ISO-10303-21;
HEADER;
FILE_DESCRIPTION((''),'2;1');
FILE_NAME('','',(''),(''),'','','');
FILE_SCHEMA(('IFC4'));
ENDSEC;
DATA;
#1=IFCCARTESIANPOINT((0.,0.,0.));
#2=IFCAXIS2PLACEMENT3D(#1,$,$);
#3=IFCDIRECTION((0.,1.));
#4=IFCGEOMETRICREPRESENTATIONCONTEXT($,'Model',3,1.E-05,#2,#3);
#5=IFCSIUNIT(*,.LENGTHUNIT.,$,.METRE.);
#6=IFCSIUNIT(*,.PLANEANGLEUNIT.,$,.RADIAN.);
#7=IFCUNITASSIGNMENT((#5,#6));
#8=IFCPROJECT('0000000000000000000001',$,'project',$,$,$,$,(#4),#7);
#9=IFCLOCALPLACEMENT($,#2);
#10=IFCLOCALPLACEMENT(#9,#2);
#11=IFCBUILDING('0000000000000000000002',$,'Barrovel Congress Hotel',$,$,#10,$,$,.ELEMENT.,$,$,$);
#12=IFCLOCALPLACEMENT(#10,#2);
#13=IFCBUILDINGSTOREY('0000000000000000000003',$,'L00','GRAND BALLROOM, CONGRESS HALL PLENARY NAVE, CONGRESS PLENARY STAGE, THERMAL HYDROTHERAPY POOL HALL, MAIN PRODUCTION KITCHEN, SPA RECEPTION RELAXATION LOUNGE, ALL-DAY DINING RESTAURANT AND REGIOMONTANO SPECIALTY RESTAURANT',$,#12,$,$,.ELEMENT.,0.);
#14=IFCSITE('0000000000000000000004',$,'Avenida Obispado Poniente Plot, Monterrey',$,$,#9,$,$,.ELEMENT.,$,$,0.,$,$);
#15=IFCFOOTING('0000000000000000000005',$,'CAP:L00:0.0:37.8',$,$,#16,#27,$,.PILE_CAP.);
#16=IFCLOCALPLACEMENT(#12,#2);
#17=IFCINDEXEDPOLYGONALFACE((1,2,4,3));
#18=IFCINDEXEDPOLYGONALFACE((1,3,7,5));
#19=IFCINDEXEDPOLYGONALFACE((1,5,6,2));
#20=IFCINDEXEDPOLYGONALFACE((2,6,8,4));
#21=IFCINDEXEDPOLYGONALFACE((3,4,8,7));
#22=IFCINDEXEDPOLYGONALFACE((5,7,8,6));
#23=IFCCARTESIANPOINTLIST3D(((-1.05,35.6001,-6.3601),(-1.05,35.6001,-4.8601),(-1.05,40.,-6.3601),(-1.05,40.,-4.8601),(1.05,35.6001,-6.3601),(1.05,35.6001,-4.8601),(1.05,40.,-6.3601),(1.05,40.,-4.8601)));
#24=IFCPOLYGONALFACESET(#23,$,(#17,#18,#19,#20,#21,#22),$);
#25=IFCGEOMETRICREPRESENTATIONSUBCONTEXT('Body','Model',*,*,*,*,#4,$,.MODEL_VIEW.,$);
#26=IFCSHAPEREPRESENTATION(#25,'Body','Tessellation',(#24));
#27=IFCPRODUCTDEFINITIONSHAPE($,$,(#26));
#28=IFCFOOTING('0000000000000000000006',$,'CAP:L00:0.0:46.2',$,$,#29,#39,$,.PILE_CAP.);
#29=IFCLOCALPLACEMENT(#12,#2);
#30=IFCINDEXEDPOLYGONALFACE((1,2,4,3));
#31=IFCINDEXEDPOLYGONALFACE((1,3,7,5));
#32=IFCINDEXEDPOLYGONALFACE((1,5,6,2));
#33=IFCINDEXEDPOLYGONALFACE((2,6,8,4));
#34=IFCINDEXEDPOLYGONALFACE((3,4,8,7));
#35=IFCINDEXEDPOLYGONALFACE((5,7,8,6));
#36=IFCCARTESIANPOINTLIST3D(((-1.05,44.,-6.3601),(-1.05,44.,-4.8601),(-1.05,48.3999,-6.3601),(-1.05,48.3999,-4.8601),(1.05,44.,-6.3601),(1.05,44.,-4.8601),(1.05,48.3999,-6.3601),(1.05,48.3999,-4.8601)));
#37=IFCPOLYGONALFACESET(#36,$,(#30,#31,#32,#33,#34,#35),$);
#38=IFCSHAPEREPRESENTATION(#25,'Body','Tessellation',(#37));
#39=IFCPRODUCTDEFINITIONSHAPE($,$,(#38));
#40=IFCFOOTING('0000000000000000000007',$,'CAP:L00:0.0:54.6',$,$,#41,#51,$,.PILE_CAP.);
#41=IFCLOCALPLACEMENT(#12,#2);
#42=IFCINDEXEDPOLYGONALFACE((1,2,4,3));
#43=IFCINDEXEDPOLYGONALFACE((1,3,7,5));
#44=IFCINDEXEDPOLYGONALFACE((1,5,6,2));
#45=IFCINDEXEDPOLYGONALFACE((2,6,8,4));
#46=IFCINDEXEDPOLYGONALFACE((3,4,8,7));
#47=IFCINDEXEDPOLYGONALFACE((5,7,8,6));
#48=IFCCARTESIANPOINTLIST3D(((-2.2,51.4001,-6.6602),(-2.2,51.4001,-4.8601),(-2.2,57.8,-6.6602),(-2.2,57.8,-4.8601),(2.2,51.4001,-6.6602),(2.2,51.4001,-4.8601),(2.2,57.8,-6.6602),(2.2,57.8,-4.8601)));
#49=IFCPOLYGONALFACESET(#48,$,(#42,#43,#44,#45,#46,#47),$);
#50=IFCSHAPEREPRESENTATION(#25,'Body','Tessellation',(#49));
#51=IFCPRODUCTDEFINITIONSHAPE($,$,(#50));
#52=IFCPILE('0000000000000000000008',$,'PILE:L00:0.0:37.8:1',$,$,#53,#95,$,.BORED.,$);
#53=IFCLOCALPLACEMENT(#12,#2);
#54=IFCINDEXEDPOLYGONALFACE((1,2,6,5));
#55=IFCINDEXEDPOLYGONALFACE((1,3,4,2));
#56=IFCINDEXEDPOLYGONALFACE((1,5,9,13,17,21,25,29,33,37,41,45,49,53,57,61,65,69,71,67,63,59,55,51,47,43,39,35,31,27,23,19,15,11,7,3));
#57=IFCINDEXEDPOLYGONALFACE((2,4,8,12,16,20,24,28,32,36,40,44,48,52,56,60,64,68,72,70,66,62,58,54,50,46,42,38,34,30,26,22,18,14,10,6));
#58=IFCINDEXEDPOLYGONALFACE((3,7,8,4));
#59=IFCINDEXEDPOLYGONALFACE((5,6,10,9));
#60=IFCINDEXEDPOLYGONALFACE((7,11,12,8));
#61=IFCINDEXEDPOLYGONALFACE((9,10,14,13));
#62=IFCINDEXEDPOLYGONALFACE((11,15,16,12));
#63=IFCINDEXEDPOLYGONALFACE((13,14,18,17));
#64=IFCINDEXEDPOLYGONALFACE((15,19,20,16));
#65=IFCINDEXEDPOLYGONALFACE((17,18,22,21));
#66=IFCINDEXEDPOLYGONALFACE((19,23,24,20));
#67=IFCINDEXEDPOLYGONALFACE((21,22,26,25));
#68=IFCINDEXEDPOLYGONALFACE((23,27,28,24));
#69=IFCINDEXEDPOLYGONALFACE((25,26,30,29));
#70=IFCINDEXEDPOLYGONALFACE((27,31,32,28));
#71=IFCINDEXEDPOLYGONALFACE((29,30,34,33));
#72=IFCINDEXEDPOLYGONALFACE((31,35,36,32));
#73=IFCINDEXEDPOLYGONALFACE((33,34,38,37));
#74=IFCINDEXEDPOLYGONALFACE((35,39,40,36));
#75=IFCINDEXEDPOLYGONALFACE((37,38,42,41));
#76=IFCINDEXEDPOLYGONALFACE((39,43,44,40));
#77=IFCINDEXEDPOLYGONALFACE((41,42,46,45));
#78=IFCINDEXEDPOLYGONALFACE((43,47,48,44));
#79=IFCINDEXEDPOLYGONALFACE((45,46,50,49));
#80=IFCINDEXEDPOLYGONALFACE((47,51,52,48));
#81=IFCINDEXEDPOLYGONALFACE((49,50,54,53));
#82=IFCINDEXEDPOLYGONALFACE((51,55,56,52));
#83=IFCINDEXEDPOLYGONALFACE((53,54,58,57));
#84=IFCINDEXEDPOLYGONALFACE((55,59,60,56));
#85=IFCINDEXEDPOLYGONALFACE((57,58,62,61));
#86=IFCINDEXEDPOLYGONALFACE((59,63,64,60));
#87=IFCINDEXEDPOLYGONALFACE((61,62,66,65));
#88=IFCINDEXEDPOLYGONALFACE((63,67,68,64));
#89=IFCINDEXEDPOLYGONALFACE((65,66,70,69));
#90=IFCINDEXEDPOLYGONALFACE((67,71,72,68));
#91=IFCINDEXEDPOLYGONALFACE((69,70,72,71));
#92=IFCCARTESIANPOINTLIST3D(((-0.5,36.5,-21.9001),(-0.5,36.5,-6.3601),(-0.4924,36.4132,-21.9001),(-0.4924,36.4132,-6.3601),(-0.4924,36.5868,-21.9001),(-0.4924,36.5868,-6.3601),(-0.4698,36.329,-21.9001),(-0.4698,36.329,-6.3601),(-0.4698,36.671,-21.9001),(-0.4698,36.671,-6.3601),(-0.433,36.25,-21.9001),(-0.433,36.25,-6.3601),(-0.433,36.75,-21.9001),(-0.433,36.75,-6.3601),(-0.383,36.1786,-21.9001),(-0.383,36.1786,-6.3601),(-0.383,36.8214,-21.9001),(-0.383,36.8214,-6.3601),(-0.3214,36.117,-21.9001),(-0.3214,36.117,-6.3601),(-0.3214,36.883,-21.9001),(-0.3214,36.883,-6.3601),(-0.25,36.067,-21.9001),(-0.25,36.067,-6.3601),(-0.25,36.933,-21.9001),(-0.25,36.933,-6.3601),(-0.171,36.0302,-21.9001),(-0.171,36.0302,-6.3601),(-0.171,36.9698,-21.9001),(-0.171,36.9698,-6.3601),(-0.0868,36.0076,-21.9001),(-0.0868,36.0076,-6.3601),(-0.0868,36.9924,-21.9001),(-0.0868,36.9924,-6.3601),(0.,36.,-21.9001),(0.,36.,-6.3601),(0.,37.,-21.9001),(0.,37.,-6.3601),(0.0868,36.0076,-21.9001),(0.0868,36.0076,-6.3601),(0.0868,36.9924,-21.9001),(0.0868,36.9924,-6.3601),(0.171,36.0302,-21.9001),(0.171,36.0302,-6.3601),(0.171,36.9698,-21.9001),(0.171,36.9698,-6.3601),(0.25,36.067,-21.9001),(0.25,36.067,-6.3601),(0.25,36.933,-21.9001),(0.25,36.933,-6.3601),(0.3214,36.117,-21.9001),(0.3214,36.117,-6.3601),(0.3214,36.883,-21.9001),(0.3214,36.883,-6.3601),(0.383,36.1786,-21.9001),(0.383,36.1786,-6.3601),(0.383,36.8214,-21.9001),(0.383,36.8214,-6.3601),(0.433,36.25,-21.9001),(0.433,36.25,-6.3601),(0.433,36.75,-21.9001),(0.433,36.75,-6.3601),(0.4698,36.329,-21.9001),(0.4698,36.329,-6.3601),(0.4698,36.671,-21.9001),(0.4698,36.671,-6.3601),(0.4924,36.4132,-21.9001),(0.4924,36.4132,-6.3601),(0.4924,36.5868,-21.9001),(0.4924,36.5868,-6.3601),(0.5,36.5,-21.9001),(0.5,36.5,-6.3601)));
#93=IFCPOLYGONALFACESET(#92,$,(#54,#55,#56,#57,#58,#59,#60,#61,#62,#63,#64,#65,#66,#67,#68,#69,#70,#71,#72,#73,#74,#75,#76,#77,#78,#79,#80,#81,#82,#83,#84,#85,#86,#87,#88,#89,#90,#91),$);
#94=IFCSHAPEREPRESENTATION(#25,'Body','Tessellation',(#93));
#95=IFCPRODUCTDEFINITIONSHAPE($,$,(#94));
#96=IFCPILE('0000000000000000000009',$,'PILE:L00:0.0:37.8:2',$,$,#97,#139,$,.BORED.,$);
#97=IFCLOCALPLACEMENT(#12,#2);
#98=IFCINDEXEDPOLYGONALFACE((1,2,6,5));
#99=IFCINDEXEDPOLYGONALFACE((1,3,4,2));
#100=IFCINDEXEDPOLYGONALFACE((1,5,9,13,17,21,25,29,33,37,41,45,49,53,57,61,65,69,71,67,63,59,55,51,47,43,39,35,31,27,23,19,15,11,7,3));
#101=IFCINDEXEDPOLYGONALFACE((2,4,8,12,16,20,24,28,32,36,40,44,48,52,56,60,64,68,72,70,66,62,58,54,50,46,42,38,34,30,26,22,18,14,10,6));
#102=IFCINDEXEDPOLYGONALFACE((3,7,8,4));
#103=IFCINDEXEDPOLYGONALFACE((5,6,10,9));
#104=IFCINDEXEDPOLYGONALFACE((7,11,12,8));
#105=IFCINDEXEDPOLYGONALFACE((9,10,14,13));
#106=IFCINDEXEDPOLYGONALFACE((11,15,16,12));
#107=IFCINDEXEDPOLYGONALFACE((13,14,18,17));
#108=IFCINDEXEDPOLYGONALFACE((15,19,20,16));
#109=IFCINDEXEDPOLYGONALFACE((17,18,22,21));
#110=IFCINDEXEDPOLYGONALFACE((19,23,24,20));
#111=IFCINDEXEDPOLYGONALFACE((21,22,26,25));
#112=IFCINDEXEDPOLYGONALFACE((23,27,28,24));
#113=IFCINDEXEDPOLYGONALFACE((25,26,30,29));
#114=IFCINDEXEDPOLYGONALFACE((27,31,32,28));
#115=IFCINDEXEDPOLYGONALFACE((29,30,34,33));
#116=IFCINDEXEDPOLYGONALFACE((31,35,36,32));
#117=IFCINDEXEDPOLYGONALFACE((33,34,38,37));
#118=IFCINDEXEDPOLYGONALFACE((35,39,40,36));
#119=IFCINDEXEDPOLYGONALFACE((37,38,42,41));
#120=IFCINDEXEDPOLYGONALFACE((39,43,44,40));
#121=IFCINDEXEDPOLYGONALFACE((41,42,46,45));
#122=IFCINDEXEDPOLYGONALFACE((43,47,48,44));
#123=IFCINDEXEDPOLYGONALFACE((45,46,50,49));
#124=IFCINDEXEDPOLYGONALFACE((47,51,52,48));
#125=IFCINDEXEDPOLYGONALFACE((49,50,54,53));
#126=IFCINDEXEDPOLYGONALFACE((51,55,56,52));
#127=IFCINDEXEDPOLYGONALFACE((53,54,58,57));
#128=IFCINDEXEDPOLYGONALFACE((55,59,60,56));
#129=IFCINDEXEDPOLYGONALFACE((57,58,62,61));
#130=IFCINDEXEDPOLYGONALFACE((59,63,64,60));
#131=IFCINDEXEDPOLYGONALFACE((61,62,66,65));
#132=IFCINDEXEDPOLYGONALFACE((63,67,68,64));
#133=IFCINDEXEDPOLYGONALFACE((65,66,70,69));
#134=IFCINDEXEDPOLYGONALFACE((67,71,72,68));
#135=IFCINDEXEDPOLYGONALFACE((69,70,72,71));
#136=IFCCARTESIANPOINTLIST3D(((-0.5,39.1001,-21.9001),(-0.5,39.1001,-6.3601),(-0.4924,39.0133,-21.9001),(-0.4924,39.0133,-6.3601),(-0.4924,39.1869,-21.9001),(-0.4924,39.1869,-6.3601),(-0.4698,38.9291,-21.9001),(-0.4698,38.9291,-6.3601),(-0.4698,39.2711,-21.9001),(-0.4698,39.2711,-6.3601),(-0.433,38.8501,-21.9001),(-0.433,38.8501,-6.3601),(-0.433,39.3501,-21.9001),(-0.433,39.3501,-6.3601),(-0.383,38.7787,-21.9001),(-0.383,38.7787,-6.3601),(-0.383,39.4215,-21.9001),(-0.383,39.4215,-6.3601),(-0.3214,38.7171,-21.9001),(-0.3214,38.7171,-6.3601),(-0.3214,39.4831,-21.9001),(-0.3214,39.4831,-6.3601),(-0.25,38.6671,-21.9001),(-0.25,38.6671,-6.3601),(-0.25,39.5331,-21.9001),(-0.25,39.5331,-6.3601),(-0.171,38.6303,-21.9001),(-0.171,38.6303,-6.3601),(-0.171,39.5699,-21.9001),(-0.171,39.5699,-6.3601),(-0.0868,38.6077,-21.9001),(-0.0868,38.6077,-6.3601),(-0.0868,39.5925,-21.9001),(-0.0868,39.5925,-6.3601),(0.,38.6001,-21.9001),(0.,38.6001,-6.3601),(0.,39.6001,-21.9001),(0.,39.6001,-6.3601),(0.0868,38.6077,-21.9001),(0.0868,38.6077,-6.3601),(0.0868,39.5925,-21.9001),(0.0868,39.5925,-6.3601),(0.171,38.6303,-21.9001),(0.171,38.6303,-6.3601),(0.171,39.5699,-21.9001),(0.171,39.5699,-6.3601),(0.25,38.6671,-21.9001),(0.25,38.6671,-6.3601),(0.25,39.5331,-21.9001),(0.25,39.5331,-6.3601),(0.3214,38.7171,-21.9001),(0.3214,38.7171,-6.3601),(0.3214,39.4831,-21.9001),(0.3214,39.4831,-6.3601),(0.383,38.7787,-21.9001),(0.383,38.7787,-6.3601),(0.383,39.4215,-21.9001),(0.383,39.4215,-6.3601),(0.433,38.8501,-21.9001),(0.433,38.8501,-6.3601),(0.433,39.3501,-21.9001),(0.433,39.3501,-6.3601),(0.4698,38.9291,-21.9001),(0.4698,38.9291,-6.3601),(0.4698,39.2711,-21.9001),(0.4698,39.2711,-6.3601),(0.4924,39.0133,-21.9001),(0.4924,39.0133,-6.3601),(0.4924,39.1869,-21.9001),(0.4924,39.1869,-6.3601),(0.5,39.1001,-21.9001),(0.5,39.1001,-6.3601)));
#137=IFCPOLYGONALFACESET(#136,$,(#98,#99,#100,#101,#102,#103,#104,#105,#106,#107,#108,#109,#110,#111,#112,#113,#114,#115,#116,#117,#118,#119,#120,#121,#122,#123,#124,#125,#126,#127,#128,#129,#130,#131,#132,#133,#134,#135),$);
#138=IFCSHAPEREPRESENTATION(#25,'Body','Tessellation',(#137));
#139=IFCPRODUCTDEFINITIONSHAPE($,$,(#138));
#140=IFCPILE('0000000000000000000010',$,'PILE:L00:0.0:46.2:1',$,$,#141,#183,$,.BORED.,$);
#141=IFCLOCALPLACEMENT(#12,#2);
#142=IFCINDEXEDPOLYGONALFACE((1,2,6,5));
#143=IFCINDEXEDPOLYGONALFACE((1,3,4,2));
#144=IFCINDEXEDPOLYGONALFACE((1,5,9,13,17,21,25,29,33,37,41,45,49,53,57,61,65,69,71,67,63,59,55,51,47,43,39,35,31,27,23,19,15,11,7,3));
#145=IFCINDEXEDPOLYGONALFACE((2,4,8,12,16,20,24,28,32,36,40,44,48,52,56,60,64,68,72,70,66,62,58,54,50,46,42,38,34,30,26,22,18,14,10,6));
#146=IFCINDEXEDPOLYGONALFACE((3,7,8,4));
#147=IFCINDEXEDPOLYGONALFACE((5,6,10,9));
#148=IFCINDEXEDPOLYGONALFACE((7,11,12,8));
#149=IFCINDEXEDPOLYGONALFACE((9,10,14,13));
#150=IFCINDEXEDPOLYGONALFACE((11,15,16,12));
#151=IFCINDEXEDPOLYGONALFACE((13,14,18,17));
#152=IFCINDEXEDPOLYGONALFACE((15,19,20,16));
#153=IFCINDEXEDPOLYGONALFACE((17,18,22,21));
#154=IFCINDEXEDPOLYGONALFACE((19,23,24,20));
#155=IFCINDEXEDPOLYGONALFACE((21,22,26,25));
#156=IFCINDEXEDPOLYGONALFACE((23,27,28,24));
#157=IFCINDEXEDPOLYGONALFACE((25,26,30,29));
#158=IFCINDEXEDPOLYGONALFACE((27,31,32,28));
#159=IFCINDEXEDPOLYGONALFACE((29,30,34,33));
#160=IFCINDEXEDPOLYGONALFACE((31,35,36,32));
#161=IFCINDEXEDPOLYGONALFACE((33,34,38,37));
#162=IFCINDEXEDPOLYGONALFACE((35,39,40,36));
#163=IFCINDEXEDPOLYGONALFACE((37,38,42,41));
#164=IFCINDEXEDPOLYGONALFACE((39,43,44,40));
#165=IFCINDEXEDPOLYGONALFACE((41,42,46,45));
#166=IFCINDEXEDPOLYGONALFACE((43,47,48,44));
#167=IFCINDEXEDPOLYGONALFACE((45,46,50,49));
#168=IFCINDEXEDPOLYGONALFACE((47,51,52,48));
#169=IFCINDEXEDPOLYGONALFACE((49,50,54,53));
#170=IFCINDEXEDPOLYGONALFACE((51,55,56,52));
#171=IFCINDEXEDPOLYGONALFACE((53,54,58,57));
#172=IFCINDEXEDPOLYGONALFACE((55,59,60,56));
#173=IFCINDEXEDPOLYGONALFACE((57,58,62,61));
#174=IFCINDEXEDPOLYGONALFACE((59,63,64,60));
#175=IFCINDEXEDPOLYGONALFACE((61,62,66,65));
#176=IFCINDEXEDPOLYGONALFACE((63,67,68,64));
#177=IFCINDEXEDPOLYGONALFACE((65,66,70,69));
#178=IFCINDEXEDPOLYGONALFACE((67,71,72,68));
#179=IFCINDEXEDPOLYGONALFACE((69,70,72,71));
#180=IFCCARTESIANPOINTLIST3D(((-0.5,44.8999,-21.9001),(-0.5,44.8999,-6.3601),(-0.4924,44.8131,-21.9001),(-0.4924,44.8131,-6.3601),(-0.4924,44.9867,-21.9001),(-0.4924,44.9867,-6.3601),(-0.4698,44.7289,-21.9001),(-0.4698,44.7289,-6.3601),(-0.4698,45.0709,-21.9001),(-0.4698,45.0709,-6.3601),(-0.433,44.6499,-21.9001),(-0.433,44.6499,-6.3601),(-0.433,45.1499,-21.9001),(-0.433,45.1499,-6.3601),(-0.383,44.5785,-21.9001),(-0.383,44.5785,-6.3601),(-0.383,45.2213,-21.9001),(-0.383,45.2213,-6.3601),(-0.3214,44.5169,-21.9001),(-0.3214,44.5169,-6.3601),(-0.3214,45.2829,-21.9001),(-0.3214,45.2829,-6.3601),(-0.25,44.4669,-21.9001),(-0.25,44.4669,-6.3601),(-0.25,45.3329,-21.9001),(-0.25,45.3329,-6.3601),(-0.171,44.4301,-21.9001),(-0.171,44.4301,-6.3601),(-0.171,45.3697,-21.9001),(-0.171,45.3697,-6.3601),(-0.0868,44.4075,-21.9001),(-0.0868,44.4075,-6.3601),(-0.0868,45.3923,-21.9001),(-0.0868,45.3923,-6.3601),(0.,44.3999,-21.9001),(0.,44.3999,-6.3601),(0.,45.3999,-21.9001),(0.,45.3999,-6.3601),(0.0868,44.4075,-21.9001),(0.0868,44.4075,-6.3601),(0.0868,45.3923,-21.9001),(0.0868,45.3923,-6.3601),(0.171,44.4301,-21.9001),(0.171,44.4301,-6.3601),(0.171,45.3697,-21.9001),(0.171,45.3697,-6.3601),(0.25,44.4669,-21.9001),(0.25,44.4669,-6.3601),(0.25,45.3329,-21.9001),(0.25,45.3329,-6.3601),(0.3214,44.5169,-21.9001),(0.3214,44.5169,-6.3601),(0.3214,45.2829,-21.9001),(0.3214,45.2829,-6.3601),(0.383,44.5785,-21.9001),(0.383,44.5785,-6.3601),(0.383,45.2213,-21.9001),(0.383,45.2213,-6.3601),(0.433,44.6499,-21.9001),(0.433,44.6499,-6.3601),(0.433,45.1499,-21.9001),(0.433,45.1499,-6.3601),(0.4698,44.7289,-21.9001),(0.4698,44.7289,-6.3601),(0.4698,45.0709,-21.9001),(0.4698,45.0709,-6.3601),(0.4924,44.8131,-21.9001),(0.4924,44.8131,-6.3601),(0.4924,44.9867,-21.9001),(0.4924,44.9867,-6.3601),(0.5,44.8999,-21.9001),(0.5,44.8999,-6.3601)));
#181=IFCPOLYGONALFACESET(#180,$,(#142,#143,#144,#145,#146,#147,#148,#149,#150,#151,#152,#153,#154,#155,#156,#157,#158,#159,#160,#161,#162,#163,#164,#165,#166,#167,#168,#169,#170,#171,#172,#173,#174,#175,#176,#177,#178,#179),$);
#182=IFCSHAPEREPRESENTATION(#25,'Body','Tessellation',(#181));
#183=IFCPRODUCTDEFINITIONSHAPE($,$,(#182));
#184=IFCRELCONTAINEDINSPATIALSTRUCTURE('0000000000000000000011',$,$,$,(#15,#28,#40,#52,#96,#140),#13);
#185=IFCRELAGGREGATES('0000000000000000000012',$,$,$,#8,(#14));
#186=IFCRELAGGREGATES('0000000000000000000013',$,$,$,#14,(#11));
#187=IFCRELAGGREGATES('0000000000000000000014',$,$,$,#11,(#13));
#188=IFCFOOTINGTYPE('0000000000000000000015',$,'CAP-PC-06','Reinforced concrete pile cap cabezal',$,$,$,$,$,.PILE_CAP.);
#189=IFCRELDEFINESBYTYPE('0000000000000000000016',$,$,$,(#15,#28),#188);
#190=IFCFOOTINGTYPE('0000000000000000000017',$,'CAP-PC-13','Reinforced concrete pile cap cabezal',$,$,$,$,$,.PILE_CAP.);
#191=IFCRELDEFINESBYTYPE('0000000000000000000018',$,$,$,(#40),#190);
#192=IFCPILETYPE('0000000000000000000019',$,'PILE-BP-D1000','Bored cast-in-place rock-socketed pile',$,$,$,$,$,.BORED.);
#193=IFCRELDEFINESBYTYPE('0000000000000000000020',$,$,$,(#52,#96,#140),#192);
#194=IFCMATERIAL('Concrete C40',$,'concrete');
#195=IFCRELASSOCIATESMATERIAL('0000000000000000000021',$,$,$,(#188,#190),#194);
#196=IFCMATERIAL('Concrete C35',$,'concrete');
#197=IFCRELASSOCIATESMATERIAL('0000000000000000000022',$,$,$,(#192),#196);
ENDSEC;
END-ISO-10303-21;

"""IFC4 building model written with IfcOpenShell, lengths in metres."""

from ifc_helpers import new_model, si_unit, direction, frame, origin, origin_2d, place, context, subcontext, project, spatial, rectangle, circle, extrude, material, material_profile, profile_set, type_object, element, save


model = new_model("IFC4")

# Units and contexts
model_context = context("Model", 3, precision=1e-05, world=origin(), true_north=direction((0.0, 1.0)))
body_context = subcontext(model_context, "Body", "Model", "MODEL_VIEW")
ifc_project = project(units=[si_unit("LENGTHUNIT", "METRE"), si_unit("PLANEANGLEUNIT", "RADIAN")], contexts=[model_context])

# Site, building, storey
site_placement = place(None, origin())
site = spatial("IfcSite", under=ifc_project, at=site_placement, Name="Avenida Obispado Poniente Plot, Monterrey", CompositionType="ELEMENT", RefElevation=0.0)
building_placement = place(site_placement, origin())
building = spatial("IfcBuilding", under=site, at=building_placement, Name="Barrovel Congress Hotel", CompositionType="ELEMENT")
storey_placement = place(building_placement, origin())
storey = spatial("IfcBuildingStorey", under=building, at=storey_placement, Name="L00", Description="GRAND BALLROOM, CONGRESS HALL PLENARY NAVE, CONGRESS PLENARY STAGE, THERMAL HYDROTHERAPY POOL HALL, MAIN PRODUCTION KITCHEN, SPA RECEPTION RELAXATION LOUNGE, ALL-DAY DINING RESTAURANT AND REGIOMONTANO SPECIALTY RESTAURANT", CompositionType="ELEMENT", Elevation=0.0)

# Footings
ifc_material_1 = material(Name="Concrete C40", Category="concrete")
footing_type_1 = type_object("IfcFootingType", Name="CAP-PC-06", Description="Reinforced concrete pile cap cabezal", PredefinedType="PILE_CAP", material=ifc_material_1)
for number, where, z_axis, x_axis, name in (
    (1, (0.0, 37.8, -6.3601), (0.0, 0.0, 1.0), (1.0, 0.0, 0.0), "CAP:L00:0.0:37.8"),
    (2, (0.0, 46.2, -6.3601), (0.0, 0.0, 1.0), (1.0, 0.0, 0.0), "CAP:L00:0.0:46.2"),
):
    element("IfcFooting", number, at=place(storey_placement, frame(where, z_axis=z_axis, x_axis=x_axis)), inside=storey, type_object=footing_type_1, Name=name, PredefinedType="PILE_CAP", context=body_context, shape_type="SweptSolid", body=[
        extrude(rectangle(XDim=2.1001, YDim=4.3999, at=origin_2d()), origin(), (0.0, 0.0, 1.0), 1.5),
    ])
footing_type_2 = type_object("IfcFootingType", Name="CAP-PC-13", Description="Reinforced concrete pile cap cabezal", PredefinedType="PILE_CAP", material=ifc_material_1)
footing_placement = place(storey_placement, frame((0.0, 54.6001, -6.6602), z_axis=(0.0, 0.0, 1.0), x_axis=(1.0, 0.0, 0.0)))
element("IfcFooting", 3, at=footing_placement, inside=storey, type_object=footing_type_2, Name="CAP:L00:0.0:54.6", PredefinedType="PILE_CAP", context=body_context, shape_type="SweptSolid", body=[
    extrude(rectangle(XDim=4.3999, YDim=6.3999, at=origin_2d()), origin(), (0.0, 0.0, 1.0), 1.8),
])

# Piles
ifc_material_2 = material(Name="Concrete C35", Category="concrete")
ifc_material_profile_1 = material_profile(ifc_material_2, circle(Radius=0.5, at=origin_2d()), Name="BP-D1000")
ifc_profile_set_1 = profile_set([ifc_material_profile_1], Name="Concrete C35")
pile_type = type_object("IfcPileType", Name="PILE-BP-D1000", Description="Bored cast-in-place rock-socketed pile", PredefinedType="BORED", material=ifc_profile_set_1)
for number, where, z_axis, x_axis, name in (
    (4, (0.0, 36.5, -6.3601), (0.0, 0.0, -1.0), (1.0, 0.0, 0.0), "PILE:L00:0.0:37.8:1"),
    (5, (0.0, 39.1001, -6.3601), (0.0, 0.0, -1.0), (1.0, 0.0, 0.0), "PILE:L00:0.0:37.8:2"),
    (6, (0.0, 44.8999, -6.3601), (0.0, 0.0, -1.0), (1.0, 0.0, 0.0), "PILE:L00:0.0:46.2:1"),
):
    element("IfcPile", number, at=place(storey_placement, frame(where, z_axis=z_axis, x_axis=x_axis)), inside=storey, type_object=pile_type, Name=name, PredefinedType="BORED", context=body_context, shape_type="SweptSolid", body=[
        extrude(circle(Radius=0.5, at=origin_2d()), origin(), (0.0, 0.0, 1.0), 15.54),
    ])

save(model, "model.ifc")
